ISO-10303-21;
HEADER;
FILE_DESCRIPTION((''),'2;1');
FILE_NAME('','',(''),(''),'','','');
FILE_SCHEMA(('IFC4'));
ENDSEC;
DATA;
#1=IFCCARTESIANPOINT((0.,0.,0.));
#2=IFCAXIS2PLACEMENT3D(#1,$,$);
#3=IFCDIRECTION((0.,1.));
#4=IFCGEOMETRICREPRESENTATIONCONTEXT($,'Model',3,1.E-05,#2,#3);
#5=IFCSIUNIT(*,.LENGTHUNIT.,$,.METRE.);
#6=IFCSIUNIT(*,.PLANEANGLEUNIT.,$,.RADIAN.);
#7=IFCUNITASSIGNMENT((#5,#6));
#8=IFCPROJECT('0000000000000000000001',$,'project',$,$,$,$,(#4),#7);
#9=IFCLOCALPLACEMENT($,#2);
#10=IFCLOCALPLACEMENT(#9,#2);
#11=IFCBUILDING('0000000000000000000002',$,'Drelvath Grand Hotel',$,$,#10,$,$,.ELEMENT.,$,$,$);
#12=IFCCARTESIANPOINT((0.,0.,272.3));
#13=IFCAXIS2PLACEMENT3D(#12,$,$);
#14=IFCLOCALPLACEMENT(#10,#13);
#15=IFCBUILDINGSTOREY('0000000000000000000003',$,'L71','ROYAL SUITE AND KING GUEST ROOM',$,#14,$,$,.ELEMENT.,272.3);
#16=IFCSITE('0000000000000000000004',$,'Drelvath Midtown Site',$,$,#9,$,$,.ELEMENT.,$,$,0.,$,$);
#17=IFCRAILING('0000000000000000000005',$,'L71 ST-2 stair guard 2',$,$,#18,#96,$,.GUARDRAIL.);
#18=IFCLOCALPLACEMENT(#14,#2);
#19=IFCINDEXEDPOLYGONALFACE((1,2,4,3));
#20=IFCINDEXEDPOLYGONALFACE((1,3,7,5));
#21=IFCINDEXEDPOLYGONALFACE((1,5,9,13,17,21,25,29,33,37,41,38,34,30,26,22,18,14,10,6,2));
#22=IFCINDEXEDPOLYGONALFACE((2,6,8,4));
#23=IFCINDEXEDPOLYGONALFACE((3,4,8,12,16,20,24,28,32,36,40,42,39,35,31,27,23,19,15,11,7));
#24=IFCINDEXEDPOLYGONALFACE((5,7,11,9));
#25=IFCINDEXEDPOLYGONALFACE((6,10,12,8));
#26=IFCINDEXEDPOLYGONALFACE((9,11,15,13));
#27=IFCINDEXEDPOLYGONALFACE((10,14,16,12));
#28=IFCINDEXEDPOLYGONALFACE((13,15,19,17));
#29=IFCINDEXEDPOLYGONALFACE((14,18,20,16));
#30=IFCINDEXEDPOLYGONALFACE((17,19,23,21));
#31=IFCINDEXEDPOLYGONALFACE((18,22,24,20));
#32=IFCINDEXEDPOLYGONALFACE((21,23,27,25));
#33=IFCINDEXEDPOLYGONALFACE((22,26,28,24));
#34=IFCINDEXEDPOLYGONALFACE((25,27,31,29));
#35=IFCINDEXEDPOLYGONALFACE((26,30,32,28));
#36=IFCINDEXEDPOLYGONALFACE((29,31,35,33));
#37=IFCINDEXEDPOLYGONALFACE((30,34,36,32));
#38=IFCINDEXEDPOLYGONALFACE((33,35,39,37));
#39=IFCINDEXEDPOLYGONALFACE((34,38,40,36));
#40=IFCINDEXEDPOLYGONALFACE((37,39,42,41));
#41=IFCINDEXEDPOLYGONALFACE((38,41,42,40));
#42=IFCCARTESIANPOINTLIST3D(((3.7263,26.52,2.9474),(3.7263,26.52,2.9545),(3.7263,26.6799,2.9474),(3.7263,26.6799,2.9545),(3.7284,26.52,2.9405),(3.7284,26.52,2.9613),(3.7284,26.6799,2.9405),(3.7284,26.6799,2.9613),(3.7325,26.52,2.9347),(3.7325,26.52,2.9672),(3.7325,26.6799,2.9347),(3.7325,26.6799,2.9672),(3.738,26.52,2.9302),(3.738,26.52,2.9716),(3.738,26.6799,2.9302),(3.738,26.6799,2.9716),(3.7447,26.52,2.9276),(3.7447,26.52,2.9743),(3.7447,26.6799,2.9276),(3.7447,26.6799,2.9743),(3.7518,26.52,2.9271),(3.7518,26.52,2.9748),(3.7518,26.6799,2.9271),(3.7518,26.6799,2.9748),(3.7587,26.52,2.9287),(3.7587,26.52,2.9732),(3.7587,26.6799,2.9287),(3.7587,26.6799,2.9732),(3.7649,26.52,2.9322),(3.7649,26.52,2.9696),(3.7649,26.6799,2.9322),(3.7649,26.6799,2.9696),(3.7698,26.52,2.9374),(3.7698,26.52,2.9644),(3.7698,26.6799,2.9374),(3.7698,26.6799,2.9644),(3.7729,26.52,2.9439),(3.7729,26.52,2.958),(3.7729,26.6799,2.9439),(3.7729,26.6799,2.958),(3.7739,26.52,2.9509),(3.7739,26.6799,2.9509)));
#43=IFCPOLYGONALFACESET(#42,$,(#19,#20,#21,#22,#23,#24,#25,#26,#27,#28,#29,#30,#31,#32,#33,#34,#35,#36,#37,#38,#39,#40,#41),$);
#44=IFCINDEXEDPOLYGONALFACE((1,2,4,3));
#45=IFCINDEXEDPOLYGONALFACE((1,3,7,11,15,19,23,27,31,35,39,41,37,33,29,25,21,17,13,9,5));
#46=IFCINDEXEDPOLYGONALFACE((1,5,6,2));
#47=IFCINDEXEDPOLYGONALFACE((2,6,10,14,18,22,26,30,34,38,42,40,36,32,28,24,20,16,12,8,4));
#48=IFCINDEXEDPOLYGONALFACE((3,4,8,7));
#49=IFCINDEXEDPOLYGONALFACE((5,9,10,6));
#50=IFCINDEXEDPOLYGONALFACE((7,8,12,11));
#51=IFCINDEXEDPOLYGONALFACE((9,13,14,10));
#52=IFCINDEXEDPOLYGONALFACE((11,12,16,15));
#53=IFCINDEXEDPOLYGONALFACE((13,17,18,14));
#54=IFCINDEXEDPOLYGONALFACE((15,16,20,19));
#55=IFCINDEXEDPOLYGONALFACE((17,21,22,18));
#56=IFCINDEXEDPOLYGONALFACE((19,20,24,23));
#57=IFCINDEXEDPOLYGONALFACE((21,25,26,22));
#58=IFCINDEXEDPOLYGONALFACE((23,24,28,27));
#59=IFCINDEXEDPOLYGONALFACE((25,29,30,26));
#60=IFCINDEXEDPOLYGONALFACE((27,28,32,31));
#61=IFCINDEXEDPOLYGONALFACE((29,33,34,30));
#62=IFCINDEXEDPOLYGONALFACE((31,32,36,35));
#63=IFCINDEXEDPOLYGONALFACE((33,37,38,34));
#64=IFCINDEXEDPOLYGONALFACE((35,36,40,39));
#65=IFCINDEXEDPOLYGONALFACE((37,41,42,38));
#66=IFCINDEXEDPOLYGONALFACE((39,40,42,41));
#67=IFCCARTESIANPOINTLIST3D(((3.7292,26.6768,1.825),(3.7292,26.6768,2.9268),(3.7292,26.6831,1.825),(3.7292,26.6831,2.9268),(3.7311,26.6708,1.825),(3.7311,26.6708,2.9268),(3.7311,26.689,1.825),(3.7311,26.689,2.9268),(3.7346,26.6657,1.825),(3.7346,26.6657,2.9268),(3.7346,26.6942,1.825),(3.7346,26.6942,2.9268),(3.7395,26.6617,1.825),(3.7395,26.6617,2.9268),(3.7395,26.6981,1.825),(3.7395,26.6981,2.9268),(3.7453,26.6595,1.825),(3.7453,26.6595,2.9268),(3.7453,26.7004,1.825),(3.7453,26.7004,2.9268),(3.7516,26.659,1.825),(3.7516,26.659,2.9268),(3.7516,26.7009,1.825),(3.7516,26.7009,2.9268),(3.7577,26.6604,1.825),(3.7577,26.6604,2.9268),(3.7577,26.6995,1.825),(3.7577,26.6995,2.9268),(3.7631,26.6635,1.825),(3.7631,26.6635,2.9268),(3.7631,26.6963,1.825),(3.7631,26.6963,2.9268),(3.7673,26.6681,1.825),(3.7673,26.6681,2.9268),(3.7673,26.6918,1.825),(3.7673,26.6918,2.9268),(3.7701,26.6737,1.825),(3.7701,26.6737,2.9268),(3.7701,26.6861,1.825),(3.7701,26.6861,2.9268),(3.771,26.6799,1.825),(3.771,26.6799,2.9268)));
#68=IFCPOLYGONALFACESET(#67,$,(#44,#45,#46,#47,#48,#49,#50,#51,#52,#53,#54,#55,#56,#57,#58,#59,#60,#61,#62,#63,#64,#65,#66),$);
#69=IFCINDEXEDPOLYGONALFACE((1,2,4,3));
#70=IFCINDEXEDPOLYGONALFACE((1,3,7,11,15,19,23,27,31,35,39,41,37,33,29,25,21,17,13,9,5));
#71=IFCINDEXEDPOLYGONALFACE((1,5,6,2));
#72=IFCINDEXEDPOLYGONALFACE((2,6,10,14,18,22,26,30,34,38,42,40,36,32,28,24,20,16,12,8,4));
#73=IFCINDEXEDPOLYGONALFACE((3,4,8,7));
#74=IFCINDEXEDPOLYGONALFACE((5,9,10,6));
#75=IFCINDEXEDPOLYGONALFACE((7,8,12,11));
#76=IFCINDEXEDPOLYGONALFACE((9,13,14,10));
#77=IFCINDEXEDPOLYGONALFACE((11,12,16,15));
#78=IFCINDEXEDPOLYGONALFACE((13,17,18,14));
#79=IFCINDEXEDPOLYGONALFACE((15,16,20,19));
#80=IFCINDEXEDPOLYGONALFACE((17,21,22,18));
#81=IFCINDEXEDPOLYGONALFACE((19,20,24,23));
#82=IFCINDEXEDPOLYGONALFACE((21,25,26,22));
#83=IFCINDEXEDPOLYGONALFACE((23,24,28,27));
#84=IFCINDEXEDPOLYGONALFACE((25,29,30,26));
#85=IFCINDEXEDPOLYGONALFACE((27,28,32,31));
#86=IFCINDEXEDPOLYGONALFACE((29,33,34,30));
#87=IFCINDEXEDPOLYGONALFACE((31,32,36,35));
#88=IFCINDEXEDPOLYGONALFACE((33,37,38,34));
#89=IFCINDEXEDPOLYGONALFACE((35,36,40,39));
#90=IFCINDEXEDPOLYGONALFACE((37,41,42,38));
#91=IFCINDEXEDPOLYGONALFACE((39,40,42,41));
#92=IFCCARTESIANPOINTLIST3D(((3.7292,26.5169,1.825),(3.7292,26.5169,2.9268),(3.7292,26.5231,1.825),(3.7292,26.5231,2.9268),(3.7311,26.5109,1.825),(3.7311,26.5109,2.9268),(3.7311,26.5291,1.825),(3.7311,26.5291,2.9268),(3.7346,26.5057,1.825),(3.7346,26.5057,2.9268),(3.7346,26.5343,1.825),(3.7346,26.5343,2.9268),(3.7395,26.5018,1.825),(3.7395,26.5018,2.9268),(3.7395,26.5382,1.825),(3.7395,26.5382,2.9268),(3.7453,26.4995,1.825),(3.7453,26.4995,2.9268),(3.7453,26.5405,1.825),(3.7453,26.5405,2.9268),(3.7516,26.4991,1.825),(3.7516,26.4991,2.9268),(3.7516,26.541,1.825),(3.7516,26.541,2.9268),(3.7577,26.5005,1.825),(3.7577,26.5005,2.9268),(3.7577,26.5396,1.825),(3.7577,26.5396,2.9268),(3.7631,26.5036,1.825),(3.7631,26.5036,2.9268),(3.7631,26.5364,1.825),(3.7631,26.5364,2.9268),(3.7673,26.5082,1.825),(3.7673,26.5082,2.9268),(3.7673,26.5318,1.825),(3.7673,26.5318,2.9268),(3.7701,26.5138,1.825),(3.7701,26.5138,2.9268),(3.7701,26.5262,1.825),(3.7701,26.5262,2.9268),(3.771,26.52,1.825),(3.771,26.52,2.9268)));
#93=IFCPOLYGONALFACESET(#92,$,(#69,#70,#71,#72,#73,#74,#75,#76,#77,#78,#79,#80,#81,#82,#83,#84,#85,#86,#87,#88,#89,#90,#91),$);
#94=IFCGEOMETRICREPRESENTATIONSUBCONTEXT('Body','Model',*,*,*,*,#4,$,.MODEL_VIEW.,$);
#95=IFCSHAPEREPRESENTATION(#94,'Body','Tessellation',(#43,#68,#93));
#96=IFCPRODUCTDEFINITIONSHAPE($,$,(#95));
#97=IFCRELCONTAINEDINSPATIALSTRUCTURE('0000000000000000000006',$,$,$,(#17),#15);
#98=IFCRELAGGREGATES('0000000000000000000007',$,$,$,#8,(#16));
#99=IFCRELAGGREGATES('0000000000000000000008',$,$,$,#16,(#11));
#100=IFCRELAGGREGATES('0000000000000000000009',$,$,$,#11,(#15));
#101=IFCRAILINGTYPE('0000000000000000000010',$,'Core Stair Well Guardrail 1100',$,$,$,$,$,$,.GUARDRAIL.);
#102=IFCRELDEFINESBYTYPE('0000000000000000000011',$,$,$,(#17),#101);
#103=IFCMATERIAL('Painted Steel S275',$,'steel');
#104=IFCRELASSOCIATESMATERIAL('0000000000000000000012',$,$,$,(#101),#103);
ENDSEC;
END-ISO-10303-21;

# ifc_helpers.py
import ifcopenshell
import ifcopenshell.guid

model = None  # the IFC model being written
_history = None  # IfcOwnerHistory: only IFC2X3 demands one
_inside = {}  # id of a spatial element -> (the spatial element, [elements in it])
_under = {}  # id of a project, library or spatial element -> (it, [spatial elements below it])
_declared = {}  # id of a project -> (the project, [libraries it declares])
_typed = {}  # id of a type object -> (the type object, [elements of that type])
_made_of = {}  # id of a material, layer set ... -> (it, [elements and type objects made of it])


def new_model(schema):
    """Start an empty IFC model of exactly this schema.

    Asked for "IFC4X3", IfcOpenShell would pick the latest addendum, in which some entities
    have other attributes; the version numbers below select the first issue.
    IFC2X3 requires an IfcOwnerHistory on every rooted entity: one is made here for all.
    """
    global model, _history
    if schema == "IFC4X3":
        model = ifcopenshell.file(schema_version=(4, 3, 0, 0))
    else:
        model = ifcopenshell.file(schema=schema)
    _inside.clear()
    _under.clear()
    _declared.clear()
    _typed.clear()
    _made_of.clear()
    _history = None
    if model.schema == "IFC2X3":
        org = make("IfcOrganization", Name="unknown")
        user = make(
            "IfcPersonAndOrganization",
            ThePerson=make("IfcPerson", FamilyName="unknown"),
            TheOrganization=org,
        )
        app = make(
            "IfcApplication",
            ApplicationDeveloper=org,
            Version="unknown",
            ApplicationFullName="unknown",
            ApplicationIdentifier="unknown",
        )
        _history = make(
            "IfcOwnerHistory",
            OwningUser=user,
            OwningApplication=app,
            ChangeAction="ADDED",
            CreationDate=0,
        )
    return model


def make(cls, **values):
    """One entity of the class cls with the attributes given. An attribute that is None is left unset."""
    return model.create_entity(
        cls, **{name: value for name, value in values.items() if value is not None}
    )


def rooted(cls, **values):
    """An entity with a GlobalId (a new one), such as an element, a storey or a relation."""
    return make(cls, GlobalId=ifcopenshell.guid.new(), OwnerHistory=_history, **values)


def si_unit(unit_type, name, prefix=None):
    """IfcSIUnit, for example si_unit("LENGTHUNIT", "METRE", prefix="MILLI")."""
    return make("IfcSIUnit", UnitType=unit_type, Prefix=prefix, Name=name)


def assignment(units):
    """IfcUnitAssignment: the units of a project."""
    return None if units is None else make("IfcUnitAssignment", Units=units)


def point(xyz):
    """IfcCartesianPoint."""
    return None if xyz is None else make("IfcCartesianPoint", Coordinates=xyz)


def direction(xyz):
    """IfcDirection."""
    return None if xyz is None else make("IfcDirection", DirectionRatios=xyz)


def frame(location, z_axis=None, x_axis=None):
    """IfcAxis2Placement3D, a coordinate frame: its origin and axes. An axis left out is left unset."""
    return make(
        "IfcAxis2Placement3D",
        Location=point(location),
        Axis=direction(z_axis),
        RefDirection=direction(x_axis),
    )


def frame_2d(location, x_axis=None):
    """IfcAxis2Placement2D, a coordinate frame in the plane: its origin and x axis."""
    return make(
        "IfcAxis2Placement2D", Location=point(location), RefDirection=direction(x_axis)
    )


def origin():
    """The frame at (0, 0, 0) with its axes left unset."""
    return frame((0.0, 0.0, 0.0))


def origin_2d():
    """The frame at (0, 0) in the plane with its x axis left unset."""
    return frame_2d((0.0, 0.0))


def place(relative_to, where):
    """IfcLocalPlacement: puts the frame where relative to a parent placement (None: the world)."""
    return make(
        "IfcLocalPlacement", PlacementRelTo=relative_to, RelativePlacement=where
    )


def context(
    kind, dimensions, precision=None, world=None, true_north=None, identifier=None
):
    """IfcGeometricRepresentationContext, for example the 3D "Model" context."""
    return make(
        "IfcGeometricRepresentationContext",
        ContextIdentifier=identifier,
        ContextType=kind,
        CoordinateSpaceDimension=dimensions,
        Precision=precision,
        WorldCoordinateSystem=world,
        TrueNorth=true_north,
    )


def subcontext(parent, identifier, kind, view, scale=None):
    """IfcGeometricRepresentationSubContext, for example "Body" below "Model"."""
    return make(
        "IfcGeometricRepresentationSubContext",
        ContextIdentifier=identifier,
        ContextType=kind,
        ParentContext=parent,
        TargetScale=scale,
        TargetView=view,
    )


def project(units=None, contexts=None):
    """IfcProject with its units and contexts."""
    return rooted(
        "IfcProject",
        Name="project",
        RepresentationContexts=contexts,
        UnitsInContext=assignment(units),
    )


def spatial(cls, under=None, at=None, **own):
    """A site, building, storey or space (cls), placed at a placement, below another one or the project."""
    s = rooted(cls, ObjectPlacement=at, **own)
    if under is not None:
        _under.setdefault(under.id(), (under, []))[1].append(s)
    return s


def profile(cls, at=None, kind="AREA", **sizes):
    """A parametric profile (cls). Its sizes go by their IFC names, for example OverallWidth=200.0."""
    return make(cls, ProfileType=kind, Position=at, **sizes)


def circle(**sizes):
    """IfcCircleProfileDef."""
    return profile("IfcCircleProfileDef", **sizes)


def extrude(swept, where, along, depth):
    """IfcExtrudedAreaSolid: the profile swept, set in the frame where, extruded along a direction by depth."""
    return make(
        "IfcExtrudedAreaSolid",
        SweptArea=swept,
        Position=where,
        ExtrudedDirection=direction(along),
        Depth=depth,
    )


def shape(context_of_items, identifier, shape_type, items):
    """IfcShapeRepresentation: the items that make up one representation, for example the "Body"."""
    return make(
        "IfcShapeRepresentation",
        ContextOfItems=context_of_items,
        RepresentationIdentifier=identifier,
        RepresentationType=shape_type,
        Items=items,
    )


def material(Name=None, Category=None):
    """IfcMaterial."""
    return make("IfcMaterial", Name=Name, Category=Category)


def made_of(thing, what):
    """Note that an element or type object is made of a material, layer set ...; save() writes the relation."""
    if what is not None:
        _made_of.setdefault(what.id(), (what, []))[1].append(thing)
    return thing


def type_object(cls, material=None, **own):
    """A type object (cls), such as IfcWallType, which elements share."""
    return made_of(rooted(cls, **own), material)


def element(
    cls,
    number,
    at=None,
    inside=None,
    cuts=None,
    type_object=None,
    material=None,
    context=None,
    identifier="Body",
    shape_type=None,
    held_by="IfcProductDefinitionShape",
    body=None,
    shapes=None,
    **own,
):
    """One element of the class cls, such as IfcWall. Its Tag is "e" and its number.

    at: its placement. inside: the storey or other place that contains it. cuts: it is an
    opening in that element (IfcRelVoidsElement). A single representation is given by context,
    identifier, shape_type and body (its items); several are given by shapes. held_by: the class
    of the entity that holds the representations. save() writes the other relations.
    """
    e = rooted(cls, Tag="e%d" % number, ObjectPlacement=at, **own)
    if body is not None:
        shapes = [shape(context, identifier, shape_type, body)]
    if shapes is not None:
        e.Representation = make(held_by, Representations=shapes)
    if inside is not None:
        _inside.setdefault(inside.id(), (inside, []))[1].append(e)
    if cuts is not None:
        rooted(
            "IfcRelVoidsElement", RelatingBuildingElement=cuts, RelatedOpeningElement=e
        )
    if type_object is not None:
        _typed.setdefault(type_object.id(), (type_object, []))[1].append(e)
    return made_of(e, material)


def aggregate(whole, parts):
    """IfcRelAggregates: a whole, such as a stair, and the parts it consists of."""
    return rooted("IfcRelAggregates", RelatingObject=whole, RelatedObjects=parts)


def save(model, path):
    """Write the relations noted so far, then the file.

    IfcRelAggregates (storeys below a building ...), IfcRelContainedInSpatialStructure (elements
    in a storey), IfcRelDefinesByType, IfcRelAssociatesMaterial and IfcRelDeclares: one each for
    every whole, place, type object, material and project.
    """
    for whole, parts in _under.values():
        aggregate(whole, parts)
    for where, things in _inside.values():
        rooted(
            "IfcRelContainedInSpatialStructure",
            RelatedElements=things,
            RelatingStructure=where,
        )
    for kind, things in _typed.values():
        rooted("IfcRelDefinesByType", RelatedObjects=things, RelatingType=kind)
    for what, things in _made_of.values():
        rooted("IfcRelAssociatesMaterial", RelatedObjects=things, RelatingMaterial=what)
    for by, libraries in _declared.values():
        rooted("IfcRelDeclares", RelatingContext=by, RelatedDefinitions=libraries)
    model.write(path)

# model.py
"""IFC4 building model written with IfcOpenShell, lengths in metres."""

from ifc_helpers import new_model, si_unit, direction, frame, origin, origin_2d, place, context, subcontext, project, spatial, circle, extrude, material, type_object, element, save


model = new_model("IFC4")

# Units and contexts
model_context = context("Model", 3, precision=1e-05, world=origin(), true_north=direction((0.0, 1.0)))
body_context = subcontext(model_context, "Body", "Model", "MODEL_VIEW")
ifc_project = project(units=[si_unit("LENGTHUNIT", "METRE"), si_unit("PLANEANGLEUNIT", "RADIAN")], contexts=[model_context])

# Site, building, storey
site_placement = place(None, origin())
site = spatial("IfcSite", under=ifc_project, at=site_placement, Name="Drelvath Midtown Site", CompositionType="ELEMENT", RefElevation=0.0)
building_placement = place(site_placement, origin())
building = spatial("IfcBuilding", under=site, at=building_placement, Name="Drelvath Grand Hotel", CompositionType="ELEMENT")
storey_placement = place(building_placement, frame((0.0, 0.0, 272.3)))
storey = spatial("IfcBuildingStorey", under=building, at=storey_placement, Name="L71", Description="ROYAL SUITE AND KING GUEST ROOM", CompositionType="ELEMENT", Elevation=272.3)

# Railing
ifc_material_1 = material(Name="Painted Steel S275", Category="steel")
railing_type_1 = type_object("IfcRailingType", Name="Core Stair Well Guardrail 1100", PredefinedType="GUARDRAIL", material=ifc_material_1)
railing_1_placement = place(storey_placement, frame((3.75, 26.6799, 1.825)))
element("IfcRailing", 1, at=railing_1_placement, inside=storey, type_object=railing_type_1, Name="L71 ST-2 stair guard 2", PredefinedType="GUARDRAIL", context=body_context, shape_type="SweptSolid", body=[
    extrude(circle(Radius=0.0239, at=origin_2d()), frame((0.0, 0.0, 1.126), z_axis=(0.0, -1.0, 0.0), x_axis=(1.0, 0.0, 0.0)), (0.0, 0.0, 1.0), 0.1599),
    extrude(circle(Radius=0.021, at=origin_2d()), origin(), (0.0, 0.0, 1.0), 1.1018),
    extrude(circle(Radius=0.021, at=origin_2d()), frame((0.0, -0.1599, 0.0)), (0.0, 0.0, 1.0), 1.1018),
])

save(model, "model.ifc")
